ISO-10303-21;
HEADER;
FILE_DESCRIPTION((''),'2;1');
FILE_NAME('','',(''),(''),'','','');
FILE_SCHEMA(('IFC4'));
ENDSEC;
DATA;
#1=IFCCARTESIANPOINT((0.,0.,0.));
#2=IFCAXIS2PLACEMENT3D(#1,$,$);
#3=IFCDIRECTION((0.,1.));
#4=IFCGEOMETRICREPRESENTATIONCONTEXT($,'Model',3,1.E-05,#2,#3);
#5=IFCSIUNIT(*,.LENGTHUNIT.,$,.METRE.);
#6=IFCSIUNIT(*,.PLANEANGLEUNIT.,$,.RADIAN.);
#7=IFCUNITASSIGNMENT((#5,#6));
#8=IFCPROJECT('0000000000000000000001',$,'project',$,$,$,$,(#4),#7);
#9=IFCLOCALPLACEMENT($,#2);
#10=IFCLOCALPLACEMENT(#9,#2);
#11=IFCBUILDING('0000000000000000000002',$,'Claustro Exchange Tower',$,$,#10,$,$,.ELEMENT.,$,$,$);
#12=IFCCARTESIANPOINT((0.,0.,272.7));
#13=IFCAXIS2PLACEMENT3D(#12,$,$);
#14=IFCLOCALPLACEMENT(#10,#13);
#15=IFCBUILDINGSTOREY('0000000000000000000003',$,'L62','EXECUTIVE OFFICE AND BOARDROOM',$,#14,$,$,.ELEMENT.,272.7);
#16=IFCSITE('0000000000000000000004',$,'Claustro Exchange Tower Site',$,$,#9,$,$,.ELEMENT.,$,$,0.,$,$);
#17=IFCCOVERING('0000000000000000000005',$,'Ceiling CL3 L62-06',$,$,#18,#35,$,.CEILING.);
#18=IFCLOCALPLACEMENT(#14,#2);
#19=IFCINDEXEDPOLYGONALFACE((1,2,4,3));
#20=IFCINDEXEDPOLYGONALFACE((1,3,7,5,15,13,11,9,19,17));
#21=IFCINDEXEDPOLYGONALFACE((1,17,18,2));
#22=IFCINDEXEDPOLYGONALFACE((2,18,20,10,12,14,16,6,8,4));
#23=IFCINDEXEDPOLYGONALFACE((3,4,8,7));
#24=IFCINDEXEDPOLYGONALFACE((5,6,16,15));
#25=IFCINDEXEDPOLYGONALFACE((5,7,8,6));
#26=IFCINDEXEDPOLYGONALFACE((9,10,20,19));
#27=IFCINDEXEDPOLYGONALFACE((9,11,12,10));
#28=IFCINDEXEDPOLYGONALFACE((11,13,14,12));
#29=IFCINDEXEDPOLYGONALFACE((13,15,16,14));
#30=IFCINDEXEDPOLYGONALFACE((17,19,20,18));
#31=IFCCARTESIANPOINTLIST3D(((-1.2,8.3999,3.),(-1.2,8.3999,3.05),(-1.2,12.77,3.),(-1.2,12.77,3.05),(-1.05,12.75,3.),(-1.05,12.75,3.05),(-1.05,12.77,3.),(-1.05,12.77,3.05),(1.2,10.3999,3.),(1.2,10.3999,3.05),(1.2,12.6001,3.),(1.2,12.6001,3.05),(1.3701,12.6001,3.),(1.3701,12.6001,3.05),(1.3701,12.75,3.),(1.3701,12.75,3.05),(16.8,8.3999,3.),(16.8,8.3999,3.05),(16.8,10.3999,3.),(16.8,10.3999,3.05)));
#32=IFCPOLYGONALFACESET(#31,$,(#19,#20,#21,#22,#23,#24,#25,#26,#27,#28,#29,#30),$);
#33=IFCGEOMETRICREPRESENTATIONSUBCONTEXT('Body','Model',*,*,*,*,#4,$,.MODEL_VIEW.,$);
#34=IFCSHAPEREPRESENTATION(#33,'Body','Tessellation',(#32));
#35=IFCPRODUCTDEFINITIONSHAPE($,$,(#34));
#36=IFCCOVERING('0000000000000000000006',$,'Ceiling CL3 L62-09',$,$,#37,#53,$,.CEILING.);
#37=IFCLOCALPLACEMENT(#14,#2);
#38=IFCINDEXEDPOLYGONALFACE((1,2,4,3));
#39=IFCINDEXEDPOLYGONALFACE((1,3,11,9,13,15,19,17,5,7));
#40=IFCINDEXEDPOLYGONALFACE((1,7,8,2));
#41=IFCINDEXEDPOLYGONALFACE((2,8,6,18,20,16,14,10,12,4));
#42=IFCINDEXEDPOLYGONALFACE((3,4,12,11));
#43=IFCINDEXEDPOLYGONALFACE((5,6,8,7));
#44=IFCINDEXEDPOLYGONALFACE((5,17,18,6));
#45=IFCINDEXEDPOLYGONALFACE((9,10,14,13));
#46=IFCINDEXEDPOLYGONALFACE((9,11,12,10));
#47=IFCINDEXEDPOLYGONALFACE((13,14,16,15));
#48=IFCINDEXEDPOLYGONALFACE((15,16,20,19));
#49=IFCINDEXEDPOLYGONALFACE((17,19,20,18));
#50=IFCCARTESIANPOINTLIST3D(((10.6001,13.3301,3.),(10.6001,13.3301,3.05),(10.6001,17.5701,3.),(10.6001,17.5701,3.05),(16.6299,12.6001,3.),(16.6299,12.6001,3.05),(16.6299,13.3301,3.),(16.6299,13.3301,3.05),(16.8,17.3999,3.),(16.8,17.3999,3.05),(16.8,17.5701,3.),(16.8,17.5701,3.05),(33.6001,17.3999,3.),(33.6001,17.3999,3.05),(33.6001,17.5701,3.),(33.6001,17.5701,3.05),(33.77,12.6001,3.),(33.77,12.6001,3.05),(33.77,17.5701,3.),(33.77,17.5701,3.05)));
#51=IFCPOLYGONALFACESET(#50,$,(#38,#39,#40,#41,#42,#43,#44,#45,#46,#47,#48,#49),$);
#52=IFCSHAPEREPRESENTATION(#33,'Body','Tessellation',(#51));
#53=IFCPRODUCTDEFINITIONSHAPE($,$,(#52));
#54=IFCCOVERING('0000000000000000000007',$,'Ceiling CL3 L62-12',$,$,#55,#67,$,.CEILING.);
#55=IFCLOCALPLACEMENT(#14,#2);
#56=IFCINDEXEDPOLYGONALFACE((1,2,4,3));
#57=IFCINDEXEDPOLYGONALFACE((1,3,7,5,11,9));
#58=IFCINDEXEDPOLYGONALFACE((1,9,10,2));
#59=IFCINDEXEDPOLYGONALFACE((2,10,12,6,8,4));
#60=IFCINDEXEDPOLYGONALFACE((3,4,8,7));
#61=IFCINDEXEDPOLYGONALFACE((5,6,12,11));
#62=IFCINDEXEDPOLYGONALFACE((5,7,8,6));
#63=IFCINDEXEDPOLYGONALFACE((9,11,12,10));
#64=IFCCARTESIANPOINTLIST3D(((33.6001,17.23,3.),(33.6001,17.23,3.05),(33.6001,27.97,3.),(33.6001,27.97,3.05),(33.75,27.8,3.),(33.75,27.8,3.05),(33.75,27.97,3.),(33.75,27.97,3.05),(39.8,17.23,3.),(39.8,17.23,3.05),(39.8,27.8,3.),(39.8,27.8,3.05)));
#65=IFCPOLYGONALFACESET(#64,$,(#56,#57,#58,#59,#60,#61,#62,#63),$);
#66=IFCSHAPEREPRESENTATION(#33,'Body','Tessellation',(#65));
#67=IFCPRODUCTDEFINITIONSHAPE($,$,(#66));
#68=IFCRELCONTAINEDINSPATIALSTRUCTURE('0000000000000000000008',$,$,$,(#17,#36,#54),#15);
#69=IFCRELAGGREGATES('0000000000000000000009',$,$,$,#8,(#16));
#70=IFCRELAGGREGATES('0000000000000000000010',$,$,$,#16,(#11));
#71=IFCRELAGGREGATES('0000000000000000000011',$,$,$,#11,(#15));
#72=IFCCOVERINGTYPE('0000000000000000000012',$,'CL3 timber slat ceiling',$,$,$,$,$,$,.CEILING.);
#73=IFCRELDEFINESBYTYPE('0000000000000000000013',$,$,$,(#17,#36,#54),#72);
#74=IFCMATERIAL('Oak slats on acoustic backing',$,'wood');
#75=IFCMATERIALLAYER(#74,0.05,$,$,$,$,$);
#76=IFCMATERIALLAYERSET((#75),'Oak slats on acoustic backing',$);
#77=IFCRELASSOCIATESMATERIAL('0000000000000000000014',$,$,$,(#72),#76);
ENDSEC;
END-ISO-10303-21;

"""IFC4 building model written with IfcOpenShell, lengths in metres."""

from ifc_helpers import new_model, si_unit, direction, frame, origin, place, context, subcontext, project, spatial, polyline, outline, extrude, material, layer, layer_set, type_object, element, save


model = new_model("IFC4")

# Units and contexts
model_context = context("Model", 3, precision=1e-05, world=origin(), true_north=direction((0.0, 1.0)))
body_context = subcontext(model_context, "Body", "Model", "MODEL_VIEW")
ifc_project = project(units=[si_unit("LENGTHUNIT", "METRE"), si_unit("PLANEANGLEUNIT", "RADIAN")], contexts=[model_context])

# Site, building, storey
site_placement = place(None, origin())
site = spatial("IfcSite", under=ifc_project, at=site_placement, Name="Claustro Exchange Tower Site", CompositionType="ELEMENT", RefElevation=0.0)
building_placement = place(site_placement, origin())
building = spatial("IfcBuilding", under=site, at=building_placement, Name="Claustro Exchange Tower", CompositionType="ELEMENT")
storey_placement = place(building_placement, frame((0.0, 0.0, 272.7)))
storey = spatial("IfcBuildingStorey", under=building, at=storey_placement, Name="L62", Description="EXECUTIVE OFFICE AND BOARDROOM", CompositionType="ELEMENT", Elevation=272.7)

# Coverings
ifc_material_1 = material(Name="Oak slats on acoustic backing", Category="wood")
ifc_layer_1 = layer(ifc_material_1, 0.05)
ifc_layer_set_1 = layer_set([ifc_layer_1], Name="Oak slats on acoustic backing")
covering_type_1 = type_object("IfcCoveringType", Name="CL3 timber slat ceiling", PredefinedType="CEILING", material=ifc_layer_set_1)
covering_1_placement = place(storey_placement, frame((0.0, 0.0, 3.0)))
element("IfcCovering", 1, at=covering_1_placement, inside=storey, type_object=covering_type_1, Name="Ceiling CL3 L62-06", PredefinedType="CEILING", context=body_context, shape_type="SweptSolid", body=[
    extrude(outline(polyline([(1.2, 10.3999), (1.2, 12.6001), (1.3701, 12.6001), (1.3701, 12.75), (-1.05, 12.75), (-1.05, 12.77), (-1.2, 12.77), (-1.2, 8.3999), (16.8, 8.3999), (16.8, 10.3999), (1.2, 10.3999)])), origin(), (0.0, 0.0, 1.0), 0.05),
])
covering_2_placement = place(storey_placement, frame((0.0, 0.0, 3.0)))
element("IfcCovering", 2, at=covering_2_placement, inside=storey, type_object=covering_type_1, Name="Ceiling CL3 L62-09", PredefinedType="CEILING", context=body_context, shape_type="SweptSolid", body=[
    extrude(outline(polyline([(33.6001, 17.3999), (16.8, 17.3999), (16.8, 17.5701), (10.6001, 17.5701), (10.6001, 13.3301), (16.6299, 13.3301), (16.6299, 12.6001), (33.77, 12.6001), (33.77, 17.5701), (33.6001, 17.5701), (33.6001, 17.3999)])), origin(), (0.0, 0.0, 1.0), 0.05),
])
covering_3_placement = place(storey_placement, frame((0.0, 0.0, 3.0)))
element("IfcCovering", 3, at=covering_3_placement, inside=storey, type_object=covering_type_1, Name="Ceiling CL3 L62-12", PredefinedType="CEILING", context=body_context, shape_type="SweptSolid", body=[
    extrude(outline(polyline([(33.6001, 27.97), (33.6001, 17.23), (39.8, 17.23), (39.8, 27.8), (33.75, 27.8), (33.75, 27.97), (33.6001, 27.97)])), origin(), (0.0, 0.0, 1.0), 0.05),
])

save(model, "model.ifc")
